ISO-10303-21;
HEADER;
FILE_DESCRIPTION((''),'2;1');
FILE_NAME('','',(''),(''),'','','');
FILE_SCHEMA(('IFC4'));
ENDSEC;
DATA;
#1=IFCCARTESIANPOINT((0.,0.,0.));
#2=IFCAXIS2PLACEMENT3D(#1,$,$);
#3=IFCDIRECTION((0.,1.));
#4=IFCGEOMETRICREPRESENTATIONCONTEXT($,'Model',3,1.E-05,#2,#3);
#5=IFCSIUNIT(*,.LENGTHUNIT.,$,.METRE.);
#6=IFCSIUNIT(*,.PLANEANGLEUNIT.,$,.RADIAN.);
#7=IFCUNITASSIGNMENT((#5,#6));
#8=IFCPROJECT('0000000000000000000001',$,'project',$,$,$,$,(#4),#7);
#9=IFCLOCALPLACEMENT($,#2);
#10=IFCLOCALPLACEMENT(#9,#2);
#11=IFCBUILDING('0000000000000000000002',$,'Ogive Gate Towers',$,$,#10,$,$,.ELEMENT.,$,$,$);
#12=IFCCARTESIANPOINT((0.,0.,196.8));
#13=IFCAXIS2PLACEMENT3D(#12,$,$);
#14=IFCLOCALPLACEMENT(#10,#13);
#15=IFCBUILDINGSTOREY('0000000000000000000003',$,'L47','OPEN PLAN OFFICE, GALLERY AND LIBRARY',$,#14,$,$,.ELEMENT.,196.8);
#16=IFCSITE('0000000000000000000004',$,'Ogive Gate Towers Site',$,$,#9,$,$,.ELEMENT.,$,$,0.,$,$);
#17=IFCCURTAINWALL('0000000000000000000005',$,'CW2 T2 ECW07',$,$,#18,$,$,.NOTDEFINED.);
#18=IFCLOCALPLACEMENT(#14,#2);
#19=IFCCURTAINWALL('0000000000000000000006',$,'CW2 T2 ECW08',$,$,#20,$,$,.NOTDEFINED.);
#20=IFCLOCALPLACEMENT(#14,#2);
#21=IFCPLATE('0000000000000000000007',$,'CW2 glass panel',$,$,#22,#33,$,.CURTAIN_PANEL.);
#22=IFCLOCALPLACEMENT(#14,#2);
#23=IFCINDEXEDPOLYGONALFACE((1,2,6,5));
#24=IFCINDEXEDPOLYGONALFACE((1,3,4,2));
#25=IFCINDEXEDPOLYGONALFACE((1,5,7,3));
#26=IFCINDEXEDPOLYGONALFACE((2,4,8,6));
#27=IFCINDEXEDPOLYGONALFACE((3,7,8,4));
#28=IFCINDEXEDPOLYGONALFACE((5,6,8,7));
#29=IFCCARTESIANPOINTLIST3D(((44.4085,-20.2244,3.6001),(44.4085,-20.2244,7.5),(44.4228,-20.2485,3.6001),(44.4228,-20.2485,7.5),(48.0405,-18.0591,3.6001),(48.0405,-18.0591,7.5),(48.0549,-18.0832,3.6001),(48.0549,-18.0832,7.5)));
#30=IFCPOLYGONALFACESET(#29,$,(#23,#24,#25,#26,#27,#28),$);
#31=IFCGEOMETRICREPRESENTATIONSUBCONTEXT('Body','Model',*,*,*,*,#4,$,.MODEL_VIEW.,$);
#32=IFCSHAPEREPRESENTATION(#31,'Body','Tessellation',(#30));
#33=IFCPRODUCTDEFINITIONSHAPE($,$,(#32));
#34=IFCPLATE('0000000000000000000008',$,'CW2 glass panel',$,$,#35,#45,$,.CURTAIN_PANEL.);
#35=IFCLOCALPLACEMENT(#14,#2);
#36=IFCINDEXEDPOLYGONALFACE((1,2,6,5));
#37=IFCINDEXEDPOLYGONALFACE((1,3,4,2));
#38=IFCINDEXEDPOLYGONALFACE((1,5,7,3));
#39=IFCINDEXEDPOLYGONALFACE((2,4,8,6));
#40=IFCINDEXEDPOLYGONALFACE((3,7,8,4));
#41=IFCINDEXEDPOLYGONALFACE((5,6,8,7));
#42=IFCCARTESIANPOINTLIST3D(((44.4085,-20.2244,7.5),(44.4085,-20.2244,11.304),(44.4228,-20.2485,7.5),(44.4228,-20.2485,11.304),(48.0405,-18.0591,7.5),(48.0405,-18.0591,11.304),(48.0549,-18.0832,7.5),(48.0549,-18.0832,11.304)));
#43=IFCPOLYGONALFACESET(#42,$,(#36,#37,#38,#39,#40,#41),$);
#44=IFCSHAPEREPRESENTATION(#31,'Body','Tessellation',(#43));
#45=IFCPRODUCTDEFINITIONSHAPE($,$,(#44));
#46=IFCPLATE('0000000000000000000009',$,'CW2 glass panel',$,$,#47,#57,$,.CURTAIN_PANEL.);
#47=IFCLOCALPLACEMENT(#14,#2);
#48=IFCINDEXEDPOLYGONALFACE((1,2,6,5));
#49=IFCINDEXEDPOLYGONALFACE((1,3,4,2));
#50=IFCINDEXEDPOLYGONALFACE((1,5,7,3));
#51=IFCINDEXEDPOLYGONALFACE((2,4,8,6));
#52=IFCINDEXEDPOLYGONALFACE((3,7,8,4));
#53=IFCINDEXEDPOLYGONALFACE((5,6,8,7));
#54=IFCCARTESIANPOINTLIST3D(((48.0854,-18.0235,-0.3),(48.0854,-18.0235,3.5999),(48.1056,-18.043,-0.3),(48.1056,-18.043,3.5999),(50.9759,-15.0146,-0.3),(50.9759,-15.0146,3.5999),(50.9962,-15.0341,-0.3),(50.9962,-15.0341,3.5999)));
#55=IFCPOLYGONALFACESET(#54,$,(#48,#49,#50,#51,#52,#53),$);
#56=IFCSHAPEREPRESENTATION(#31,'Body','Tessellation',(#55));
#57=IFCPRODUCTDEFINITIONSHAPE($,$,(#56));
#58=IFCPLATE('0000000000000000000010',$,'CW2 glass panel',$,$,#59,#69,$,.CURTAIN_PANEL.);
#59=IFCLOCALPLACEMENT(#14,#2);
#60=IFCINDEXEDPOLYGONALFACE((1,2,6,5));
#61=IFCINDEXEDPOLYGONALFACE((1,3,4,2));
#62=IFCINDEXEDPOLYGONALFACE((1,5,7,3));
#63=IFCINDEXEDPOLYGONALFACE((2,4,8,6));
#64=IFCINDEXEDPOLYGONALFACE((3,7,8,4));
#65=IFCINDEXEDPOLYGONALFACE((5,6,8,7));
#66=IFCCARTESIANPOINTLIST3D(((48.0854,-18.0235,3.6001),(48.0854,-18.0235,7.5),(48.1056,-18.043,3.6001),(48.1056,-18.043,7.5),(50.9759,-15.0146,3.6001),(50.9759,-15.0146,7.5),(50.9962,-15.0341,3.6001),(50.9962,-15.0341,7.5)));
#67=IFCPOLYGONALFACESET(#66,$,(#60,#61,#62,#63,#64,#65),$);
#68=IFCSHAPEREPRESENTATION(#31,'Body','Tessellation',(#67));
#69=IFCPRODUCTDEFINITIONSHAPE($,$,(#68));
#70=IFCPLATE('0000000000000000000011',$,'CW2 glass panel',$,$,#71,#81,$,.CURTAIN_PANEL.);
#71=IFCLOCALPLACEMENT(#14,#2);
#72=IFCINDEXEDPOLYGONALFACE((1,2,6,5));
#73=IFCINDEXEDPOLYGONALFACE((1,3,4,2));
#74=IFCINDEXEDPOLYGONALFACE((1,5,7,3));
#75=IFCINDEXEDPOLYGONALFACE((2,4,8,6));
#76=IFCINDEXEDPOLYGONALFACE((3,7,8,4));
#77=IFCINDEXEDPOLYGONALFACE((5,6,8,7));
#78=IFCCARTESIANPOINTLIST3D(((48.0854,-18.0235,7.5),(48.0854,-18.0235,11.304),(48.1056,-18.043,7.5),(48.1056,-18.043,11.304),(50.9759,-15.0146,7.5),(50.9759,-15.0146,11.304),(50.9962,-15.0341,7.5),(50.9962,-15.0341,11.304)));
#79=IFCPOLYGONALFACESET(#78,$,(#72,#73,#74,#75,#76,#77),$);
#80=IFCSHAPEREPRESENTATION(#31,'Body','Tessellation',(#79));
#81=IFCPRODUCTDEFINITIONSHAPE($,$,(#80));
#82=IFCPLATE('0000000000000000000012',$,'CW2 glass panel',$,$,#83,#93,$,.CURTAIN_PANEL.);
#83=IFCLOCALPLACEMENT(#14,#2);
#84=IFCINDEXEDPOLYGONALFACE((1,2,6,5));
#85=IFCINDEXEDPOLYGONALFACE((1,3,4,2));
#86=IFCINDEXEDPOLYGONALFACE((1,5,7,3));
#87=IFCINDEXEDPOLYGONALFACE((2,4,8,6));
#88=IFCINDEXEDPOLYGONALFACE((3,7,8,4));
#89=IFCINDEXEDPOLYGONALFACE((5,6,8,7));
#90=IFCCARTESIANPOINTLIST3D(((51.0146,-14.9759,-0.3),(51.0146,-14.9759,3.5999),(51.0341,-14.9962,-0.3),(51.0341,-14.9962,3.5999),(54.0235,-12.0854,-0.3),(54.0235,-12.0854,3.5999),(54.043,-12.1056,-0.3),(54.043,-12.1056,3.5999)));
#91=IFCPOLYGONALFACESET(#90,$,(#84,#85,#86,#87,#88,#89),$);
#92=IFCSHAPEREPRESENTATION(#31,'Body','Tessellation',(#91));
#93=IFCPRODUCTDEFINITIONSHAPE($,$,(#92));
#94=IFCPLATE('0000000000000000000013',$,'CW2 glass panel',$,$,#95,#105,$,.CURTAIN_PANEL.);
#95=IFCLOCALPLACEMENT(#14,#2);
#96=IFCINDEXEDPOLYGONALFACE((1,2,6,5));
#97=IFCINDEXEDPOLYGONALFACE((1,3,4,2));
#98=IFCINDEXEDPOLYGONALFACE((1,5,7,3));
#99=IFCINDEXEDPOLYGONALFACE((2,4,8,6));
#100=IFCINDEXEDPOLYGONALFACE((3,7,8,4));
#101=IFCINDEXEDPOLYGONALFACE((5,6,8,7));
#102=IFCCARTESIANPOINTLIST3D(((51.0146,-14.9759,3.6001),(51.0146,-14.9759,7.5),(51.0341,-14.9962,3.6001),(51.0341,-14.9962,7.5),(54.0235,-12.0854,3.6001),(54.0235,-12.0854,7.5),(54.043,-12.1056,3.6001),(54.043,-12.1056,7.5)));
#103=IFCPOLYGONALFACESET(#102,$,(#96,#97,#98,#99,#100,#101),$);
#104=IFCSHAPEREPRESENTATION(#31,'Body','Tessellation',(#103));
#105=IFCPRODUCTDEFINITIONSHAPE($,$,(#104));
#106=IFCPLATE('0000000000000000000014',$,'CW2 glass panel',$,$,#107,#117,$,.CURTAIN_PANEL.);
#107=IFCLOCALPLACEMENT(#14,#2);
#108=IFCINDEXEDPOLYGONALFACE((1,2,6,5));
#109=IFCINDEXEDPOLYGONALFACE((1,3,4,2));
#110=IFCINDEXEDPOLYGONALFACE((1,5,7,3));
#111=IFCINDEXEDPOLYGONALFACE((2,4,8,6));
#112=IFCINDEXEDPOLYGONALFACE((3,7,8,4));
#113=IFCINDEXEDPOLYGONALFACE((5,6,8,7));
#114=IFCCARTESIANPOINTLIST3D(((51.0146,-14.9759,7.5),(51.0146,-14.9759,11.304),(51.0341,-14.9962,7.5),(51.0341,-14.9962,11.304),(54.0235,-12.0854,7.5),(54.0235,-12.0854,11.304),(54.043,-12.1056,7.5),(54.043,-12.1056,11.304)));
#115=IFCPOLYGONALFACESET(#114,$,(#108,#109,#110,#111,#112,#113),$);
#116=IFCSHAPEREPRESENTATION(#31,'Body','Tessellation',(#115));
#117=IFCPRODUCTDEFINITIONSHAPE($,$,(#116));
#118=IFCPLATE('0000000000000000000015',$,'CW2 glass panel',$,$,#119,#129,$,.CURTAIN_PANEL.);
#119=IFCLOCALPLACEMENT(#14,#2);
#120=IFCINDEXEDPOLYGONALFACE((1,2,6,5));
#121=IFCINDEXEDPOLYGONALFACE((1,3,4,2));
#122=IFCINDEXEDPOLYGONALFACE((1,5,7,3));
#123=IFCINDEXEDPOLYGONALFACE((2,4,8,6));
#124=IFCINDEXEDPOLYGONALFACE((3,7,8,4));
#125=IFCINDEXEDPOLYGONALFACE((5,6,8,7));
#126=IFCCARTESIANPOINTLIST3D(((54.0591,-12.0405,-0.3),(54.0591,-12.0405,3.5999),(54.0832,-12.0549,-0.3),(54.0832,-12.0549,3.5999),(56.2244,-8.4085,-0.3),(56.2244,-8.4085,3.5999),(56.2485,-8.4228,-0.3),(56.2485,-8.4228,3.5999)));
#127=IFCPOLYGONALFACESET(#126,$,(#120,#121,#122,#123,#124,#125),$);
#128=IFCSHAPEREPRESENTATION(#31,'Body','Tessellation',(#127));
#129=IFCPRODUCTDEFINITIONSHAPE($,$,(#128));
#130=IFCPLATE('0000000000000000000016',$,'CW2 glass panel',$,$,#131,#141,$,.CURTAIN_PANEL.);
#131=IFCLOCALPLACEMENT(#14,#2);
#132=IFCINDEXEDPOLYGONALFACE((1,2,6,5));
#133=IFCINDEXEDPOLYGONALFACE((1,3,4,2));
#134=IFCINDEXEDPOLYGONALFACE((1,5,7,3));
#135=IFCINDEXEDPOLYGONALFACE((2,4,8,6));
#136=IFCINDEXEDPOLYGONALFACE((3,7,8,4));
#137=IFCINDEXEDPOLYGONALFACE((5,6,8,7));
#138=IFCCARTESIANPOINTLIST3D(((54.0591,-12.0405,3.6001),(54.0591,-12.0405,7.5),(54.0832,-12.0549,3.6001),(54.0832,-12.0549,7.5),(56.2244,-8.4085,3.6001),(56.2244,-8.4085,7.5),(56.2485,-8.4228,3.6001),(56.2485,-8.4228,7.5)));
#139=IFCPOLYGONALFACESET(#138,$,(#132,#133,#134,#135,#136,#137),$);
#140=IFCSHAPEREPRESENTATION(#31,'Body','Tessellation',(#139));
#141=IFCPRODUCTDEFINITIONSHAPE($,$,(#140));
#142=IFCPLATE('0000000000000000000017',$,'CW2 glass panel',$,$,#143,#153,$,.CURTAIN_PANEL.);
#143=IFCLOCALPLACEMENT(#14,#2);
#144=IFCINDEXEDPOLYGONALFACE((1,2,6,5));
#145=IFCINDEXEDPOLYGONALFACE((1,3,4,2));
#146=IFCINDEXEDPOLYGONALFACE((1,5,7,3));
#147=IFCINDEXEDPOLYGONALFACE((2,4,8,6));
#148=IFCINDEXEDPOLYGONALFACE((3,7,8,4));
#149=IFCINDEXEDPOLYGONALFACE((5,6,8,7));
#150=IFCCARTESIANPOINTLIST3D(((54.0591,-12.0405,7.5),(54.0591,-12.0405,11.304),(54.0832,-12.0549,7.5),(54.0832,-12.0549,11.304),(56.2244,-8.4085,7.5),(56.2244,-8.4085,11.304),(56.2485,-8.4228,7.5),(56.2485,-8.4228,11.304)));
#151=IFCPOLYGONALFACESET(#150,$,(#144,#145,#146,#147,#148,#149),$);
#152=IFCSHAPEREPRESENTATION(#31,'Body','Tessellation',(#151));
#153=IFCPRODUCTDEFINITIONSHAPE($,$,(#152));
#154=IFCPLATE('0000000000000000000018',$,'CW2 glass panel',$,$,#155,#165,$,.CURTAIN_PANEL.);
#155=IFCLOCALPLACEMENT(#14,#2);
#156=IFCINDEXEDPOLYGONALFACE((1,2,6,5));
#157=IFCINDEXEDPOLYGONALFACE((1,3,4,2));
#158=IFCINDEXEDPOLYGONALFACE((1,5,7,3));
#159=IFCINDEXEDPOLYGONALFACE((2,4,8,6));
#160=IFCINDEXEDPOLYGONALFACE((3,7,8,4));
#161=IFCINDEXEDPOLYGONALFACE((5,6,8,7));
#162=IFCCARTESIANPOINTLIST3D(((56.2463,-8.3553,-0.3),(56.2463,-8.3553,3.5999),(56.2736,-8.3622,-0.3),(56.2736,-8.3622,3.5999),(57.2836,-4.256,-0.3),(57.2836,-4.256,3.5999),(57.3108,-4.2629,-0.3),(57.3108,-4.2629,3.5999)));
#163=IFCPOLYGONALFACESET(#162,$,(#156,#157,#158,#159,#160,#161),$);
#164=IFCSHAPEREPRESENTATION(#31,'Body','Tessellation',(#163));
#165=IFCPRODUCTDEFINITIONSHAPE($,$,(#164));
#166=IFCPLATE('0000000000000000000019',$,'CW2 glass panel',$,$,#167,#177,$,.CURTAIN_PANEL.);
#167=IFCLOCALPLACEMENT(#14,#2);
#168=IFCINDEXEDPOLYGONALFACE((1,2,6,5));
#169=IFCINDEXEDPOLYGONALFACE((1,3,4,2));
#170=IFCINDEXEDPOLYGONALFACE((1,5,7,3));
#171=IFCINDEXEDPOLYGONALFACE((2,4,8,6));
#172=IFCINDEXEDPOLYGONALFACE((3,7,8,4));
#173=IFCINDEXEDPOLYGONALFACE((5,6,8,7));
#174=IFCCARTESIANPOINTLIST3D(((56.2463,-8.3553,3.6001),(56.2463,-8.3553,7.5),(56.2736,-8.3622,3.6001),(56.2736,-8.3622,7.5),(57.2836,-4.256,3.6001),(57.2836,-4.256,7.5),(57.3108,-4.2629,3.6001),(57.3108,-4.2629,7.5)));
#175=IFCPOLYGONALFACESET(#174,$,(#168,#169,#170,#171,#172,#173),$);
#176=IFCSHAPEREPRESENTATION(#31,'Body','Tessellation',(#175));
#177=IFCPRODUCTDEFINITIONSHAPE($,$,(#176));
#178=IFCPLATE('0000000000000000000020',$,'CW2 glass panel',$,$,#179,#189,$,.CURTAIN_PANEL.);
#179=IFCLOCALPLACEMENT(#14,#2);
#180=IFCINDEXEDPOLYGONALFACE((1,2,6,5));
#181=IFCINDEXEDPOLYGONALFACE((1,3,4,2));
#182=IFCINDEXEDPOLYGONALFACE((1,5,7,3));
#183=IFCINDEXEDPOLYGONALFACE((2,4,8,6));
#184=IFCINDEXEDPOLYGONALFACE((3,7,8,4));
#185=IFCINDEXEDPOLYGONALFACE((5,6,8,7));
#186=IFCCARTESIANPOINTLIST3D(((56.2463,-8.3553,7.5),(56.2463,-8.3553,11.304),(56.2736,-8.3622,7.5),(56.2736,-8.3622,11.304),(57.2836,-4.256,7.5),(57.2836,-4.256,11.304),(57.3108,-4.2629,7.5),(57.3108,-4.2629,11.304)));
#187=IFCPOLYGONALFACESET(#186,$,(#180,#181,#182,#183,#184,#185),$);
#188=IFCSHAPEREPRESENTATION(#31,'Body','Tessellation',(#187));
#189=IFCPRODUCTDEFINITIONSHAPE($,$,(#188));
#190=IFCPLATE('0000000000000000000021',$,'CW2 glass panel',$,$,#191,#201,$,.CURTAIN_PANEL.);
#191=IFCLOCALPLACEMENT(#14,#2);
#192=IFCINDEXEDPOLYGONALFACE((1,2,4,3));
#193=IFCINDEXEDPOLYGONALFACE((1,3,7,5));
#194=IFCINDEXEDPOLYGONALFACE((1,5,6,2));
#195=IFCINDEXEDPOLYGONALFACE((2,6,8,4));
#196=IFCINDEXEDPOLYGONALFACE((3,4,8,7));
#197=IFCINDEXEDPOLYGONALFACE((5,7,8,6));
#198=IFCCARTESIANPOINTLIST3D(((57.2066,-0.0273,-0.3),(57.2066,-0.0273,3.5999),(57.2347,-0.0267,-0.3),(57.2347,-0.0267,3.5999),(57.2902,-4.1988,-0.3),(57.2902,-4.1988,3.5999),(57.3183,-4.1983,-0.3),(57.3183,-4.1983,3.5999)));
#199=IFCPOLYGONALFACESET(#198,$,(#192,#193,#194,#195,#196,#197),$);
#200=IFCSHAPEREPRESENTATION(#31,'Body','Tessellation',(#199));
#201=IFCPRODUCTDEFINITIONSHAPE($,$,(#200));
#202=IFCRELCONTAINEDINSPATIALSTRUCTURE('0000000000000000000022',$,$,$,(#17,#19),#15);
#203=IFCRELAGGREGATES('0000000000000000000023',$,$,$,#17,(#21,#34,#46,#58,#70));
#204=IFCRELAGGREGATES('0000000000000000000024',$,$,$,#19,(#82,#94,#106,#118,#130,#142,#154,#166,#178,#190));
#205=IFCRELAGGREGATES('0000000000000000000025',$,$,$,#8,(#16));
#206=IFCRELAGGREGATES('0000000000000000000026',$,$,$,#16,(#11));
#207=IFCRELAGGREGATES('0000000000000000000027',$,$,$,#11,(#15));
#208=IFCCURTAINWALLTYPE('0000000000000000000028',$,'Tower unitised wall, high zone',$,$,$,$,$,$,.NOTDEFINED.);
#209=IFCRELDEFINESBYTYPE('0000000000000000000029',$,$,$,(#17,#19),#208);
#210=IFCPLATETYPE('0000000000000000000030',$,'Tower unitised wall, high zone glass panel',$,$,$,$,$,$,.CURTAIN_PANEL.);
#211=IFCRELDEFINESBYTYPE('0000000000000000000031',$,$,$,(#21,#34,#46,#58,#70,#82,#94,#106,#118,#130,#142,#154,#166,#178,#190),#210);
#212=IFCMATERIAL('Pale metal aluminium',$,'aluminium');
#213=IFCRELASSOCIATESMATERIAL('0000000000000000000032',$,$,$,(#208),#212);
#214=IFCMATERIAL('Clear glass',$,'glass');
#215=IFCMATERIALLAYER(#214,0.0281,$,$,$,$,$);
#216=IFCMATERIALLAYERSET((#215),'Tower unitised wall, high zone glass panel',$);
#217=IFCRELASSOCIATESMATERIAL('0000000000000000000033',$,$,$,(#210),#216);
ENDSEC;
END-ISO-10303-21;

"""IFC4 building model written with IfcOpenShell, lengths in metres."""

from ifc_helpers import new_model, si_unit, direction, frame, origin, origin_2d, place, context, subcontext, project, spatial, rectangle, extrude, material, layer, layer_set, type_object, element, aggregate, save


model = new_model("IFC4")

# Units and contexts
model_context = context("Model", 3, precision=1e-05, world=origin(), true_north=direction((0.0, 1.0)))
body_context = subcontext(model_context, "Body", "Model", "MODEL_VIEW")
ifc_project = project(units=[si_unit("LENGTHUNIT", "METRE"), si_unit("PLANEANGLEUNIT", "RADIAN")], contexts=[model_context])

# Site, building, storey
site_placement = place(None, origin())
site = spatial("IfcSite", under=ifc_project, at=site_placement, Name="Ogive Gate Towers Site", CompositionType="ELEMENT", RefElevation=0.0)
building_placement = place(site_placement, origin())
building = spatial("IfcBuilding", under=site, at=building_placement, Name="Ogive Gate Towers", CompositionType="ELEMENT")
storey_placement = place(building_placement, frame((0.0, 0.0, 196.8)))
storey = spatial("IfcBuildingStorey", under=building, at=storey_placement, Name="L47", Description="OPEN PLAN OFFICE, GALLERY AND LIBRARY", CompositionType="ELEMENT", Elevation=196.8)

# Curtain walls
ifc_material_1 = material(Name="Pale metal aluminium", Category="aluminium")
curtain_wall_type = type_object("IfcCurtainWallType", Name="Tower unitised wall, high zone", PredefinedType="NOTDEFINED", material=ifc_material_1)
curtain_wall_1_placement = place(storey_placement, origin())
curtain_wall_1 = element("IfcCurtainWall", 1, at=curtain_wall_1_placement, inside=storey, type_object=curtain_wall_type, Name="CW2 T2 ECW07", PredefinedType="NOTDEFINED")
curtain_wall_2_placement = place(storey_placement, origin())
curtain_wall_2 = element("IfcCurtainWall", 2, at=curtain_wall_2_placement, inside=storey, type_object=curtain_wall_type, Name="CW2 T2 ECW08", PredefinedType="NOTDEFINED")

# Plates
ifc_material_2 = material(Name="Clear glass", Category="glass")
ifc_layer_1 = layer(ifc_material_2, 0.0281)
ifc_layer_set_1 = layer_set([ifc_layer_1], Name="Tower unitised wall, high zone glass panel")
plate_type = type_object("IfcPlateType", Name="Tower unitised wall, high zone glass panel", PredefinedType="CURTAIN_PANEL", material=ifc_layer_set_1)
plate_1_placement = place(storey_placement, frame((46.2317, -19.1538, 3.6001), z_axis=(0.0, 0.0, 1.0), x_axis=(0.858951, 0.512058, 0.0)))
plate_1 = element("IfcPlate", 3, at=plate_1_placement, type_object=plate_type, Name="CW2 glass panel", PredefinedType="CURTAIN_PANEL", context=body_context, shape_type="SweptSolid", body=[
    extrude(rectangle(XDim=4.2285, YDim=0.0281, at=origin_2d()), origin(), (0.0, 0.0, 1.0), 3.8999),
])
plate_2_placement = place(storey_placement, frame((46.2317, -19.1538, 7.5), z_axis=(0.0, 0.0, 1.0), x_axis=(0.858951, 0.512058, 0.0)))
plate_2 = element("IfcPlate", 4, at=plate_2_placement, type_object=plate_type, Name="CW2 glass panel", PredefinedType="CURTAIN_PANEL", context=body_context, shape_type="SweptSolid", body=[
    extrude(rectangle(XDim=4.2285, YDim=0.0281, at=origin_2d()), origin(), (0.0, 0.0, 1.0), 3.804),
])
plate_3_placement = place(storey_placement, frame((49.5408, -16.5288, -0.3), z_axis=(0.0, 0.0, 1.0), x_axis=(0.692785, 0.721144, 0.0)))
plate_3 = element("IfcPlate", 5, at=plate_3_placement, type_object=plate_type, Name="CW2 glass panel", PredefinedType="CURTAIN_PANEL", context=body_context, shape_type="SweptSolid", body=[
    extrude(rectangle(XDim=4.1724, YDim=0.0281, at=origin_2d()), origin(), (0.0, 0.0, 1.0), 3.8999),
])
plate_4_placement = place(storey_placement, frame((49.5408, -16.5288, 3.6001), z_axis=(0.0, 0.0, 1.0), x_axis=(0.692785, 0.721144, 0.0)))
plate_4 = element("IfcPlate", 6, at=plate_4_placement, type_object=plate_type, Name="CW2 glass panel", PredefinedType="CURTAIN_PANEL", context=body_context, shape_type="SweptSolid", body=[
    extrude(rectangle(XDim=4.1724, YDim=0.0281, at=origin_2d()), origin(), (0.0, 0.0, 1.0), 3.8999),
])
plate_5_placement = place(storey_placement, frame((49.5408, -16.5288, 7.5), z_axis=(0.0, 0.0, 1.0), x_axis=(0.692785, 0.721144, 0.0)))
plate_5 = element("IfcPlate", 7, at=plate_5_placement, type_object=plate_type, Name="CW2 glass panel", PredefinedType="CURTAIN_PANEL", context=body_context, shape_type="SweptSolid", body=[
    extrude(rectangle(XDim=4.1724, YDim=0.0281, at=origin_2d()), origin(), (0.0, 0.0, 1.0), 3.804),
])
aggregate(curtain_wall_1, [plate_1, plate_2, plate_3, plate_4, plate_5])
plate_6_placement = place(storey_placement, frame((52.5288, -13.5408, -0.3), z_axis=(0.0, 0.0, 1.0), x_axis=(0.721144, 0.692785, 0.0)))
plate_6 = element("IfcPlate", 8, at=plate_6_placement, type_object=plate_type, Name="CW2 glass panel", PredefinedType="CURTAIN_PANEL", context=body_context, shape_type="SweptSolid", body=[
    extrude(rectangle(XDim=4.1724, YDim=0.0281, at=origin_2d()), origin(), (0.0, 0.0, 1.0), 3.8999),
])
plate_7_placement = place(storey_placement, frame((52.5288, -13.5408, 3.6001), z_axis=(0.0, 0.0, 1.0), x_axis=(0.721144, 0.692785, 0.0)))
plate_7 = element("IfcPlate", 9, at=plate_7_placement, type_object=plate_type, Name="CW2 glass panel", PredefinedType="CURTAIN_PANEL", context=body_context, shape_type="SweptSolid", body=[
    extrude(rectangle(XDim=4.1724, YDim=0.0281, at=origin_2d()), origin(), (0.0, 0.0, 1.0), 3.8999),
])
plate_8_placement = place(storey_placement, frame((52.5288, -13.5408, 7.5), z_axis=(0.0, 0.0, 1.0), x_axis=(0.721144, 0.692785, 0.0)))
plate_8 = element("IfcPlate", 10, at=plate_8_placement, type_object=plate_type, Name="CW2 glass panel", PredefinedType="CURTAIN_PANEL", context=body_context, shape_type="SweptSolid", body=[
    extrude(rectangle(XDim=4.1724, YDim=0.0281, at=origin_2d()), origin(), (0.0, 0.0, 1.0), 3.804),
])
plate_9_placement = place(storey_placement, frame((55.1538, -10.2317, -0.3), z_axis=(0.0, 0.0, 1.0), x_axis=(0.512058, 0.858951, 0.0)))
plate_9 = element("IfcPlate", 11, at=plate_9_placement, type_object=plate_type, Name="CW2 glass panel", PredefinedType="CURTAIN_PANEL", context=body_context, shape_type="SweptSolid", body=[
    extrude(rectangle(XDim=4.2285, YDim=0.0281, at=origin_2d()), origin(), (0.0, 0.0, 1.0), 3.8999),
])
plate_10_placement = place(storey_placement, frame((55.1538, -10.2317, 3.6001), z_axis=(0.0, 0.0, 1.0), x_axis=(0.512058, 0.858951, 0.0)))
plate_10 = element("IfcPlate", 12, at=plate_10_placement, type_object=plate_type, Name="CW2 glass panel", PredefinedType="CURTAIN_PANEL", context=body_context, shape_type="SweptSolid", body=[
    extrude(rectangle(XDim=4.2285, YDim=0.0281, at=origin_2d()), origin(), (0.0, 0.0, 1.0), 3.8999),
])
plate_11_placement = place(storey_placement, frame((55.1538, -10.2317, 7.5), z_axis=(0.0, 0.0, 1.0), x_axis=(0.512058, 0.858951, 0.0)))
plate_11 = element("IfcPlate", 13, at=plate_11_placement, type_object=plate_type, Name="CW2 glass panel", PredefinedType="CURTAIN_PANEL", context=body_context, shape_type="SweptSolid", body=[
    extrude(rectangle(XDim=4.2285, YDim=0.0281, at=origin_2d()), origin(), (0.0, 0.0, 1.0), 3.804),
])
plate_12_placement = place(storey_placement, frame((56.7786, -6.3091, -0.3), z_axis=(0.0, 0.0, 1.0), x_axis=(0.24529, 0.96945, 0.0)))
plate_12 = element("IfcPlate", 14, at=plate_12_placement, type_object=plate_type, Name="CW2 glass panel", PredefinedType="CURTAIN_PANEL", context=body_context, shape_type="SweptSolid", body=[
    extrude(rectangle(XDim=4.2285, YDim=0.0281, at=origin_2d()), origin(), (0.0, 0.0, 1.0), 3.8999),
])
plate_13_placement = place(storey_placement, frame((56.7786, -6.3091, 3.6001), z_axis=(0.0, 0.0, 1.0), x_axis=(0.24529, 0.96945, 0.0)))
plate_13 = element("IfcPlate", 15, at=plate_13_placement, type_object=plate_type, Name="CW2 glass panel", PredefinedType="CURTAIN_PANEL", context=body_context, shape_type="SweptSolid", body=[
    extrude(rectangle(XDim=4.2285, YDim=0.0281, at=origin_2d()), origin(), (0.0, 0.0, 1.0), 3.8999),
])
plate_14_placement = place(storey_placement, frame((56.7786, -6.3091, 7.5), z_axis=(0.0, 0.0, 1.0), x_axis=(0.24529, 0.96945, 0.0)))
plate_14 = element("IfcPlate", 16, at=plate_14_placement, type_object=plate_type, Name="CW2 glass panel", PredefinedType="CURTAIN_PANEL", context=body_context, shape_type="SweptSolid", body=[
    extrude(rectangle(XDim=4.2285, YDim=0.0281, at=origin_2d()), origin(), (0.0, 0.0, 1.0), 3.804),
])
plate_15_placement = place(storey_placement, frame((57.2625, -2.1128, -0.3), z_axis=(0.0, 0.0, 1.0), x_axis=(-0.020052, 0.999799, 0.0)))
plate_15 = element("IfcPlate", 17, at=plate_15_placement, type_object=plate_type, Name="CW2 glass panel", PredefinedType="CURTAIN_PANEL", context=body_context, shape_type="SweptSolid", body=[
    extrude(rectangle(XDim=4.1724, YDim=0.0281, at=origin_2d()), origin(), (0.0, 0.0, 1.0), 3.8999),
])
aggregate(curtain_wall_2, [plate_6, plate_7, plate_8, plate_9, plate_10, plate_11, plate_12, plate_13, plate_14, plate_15])

save(model, "model.ifc")
